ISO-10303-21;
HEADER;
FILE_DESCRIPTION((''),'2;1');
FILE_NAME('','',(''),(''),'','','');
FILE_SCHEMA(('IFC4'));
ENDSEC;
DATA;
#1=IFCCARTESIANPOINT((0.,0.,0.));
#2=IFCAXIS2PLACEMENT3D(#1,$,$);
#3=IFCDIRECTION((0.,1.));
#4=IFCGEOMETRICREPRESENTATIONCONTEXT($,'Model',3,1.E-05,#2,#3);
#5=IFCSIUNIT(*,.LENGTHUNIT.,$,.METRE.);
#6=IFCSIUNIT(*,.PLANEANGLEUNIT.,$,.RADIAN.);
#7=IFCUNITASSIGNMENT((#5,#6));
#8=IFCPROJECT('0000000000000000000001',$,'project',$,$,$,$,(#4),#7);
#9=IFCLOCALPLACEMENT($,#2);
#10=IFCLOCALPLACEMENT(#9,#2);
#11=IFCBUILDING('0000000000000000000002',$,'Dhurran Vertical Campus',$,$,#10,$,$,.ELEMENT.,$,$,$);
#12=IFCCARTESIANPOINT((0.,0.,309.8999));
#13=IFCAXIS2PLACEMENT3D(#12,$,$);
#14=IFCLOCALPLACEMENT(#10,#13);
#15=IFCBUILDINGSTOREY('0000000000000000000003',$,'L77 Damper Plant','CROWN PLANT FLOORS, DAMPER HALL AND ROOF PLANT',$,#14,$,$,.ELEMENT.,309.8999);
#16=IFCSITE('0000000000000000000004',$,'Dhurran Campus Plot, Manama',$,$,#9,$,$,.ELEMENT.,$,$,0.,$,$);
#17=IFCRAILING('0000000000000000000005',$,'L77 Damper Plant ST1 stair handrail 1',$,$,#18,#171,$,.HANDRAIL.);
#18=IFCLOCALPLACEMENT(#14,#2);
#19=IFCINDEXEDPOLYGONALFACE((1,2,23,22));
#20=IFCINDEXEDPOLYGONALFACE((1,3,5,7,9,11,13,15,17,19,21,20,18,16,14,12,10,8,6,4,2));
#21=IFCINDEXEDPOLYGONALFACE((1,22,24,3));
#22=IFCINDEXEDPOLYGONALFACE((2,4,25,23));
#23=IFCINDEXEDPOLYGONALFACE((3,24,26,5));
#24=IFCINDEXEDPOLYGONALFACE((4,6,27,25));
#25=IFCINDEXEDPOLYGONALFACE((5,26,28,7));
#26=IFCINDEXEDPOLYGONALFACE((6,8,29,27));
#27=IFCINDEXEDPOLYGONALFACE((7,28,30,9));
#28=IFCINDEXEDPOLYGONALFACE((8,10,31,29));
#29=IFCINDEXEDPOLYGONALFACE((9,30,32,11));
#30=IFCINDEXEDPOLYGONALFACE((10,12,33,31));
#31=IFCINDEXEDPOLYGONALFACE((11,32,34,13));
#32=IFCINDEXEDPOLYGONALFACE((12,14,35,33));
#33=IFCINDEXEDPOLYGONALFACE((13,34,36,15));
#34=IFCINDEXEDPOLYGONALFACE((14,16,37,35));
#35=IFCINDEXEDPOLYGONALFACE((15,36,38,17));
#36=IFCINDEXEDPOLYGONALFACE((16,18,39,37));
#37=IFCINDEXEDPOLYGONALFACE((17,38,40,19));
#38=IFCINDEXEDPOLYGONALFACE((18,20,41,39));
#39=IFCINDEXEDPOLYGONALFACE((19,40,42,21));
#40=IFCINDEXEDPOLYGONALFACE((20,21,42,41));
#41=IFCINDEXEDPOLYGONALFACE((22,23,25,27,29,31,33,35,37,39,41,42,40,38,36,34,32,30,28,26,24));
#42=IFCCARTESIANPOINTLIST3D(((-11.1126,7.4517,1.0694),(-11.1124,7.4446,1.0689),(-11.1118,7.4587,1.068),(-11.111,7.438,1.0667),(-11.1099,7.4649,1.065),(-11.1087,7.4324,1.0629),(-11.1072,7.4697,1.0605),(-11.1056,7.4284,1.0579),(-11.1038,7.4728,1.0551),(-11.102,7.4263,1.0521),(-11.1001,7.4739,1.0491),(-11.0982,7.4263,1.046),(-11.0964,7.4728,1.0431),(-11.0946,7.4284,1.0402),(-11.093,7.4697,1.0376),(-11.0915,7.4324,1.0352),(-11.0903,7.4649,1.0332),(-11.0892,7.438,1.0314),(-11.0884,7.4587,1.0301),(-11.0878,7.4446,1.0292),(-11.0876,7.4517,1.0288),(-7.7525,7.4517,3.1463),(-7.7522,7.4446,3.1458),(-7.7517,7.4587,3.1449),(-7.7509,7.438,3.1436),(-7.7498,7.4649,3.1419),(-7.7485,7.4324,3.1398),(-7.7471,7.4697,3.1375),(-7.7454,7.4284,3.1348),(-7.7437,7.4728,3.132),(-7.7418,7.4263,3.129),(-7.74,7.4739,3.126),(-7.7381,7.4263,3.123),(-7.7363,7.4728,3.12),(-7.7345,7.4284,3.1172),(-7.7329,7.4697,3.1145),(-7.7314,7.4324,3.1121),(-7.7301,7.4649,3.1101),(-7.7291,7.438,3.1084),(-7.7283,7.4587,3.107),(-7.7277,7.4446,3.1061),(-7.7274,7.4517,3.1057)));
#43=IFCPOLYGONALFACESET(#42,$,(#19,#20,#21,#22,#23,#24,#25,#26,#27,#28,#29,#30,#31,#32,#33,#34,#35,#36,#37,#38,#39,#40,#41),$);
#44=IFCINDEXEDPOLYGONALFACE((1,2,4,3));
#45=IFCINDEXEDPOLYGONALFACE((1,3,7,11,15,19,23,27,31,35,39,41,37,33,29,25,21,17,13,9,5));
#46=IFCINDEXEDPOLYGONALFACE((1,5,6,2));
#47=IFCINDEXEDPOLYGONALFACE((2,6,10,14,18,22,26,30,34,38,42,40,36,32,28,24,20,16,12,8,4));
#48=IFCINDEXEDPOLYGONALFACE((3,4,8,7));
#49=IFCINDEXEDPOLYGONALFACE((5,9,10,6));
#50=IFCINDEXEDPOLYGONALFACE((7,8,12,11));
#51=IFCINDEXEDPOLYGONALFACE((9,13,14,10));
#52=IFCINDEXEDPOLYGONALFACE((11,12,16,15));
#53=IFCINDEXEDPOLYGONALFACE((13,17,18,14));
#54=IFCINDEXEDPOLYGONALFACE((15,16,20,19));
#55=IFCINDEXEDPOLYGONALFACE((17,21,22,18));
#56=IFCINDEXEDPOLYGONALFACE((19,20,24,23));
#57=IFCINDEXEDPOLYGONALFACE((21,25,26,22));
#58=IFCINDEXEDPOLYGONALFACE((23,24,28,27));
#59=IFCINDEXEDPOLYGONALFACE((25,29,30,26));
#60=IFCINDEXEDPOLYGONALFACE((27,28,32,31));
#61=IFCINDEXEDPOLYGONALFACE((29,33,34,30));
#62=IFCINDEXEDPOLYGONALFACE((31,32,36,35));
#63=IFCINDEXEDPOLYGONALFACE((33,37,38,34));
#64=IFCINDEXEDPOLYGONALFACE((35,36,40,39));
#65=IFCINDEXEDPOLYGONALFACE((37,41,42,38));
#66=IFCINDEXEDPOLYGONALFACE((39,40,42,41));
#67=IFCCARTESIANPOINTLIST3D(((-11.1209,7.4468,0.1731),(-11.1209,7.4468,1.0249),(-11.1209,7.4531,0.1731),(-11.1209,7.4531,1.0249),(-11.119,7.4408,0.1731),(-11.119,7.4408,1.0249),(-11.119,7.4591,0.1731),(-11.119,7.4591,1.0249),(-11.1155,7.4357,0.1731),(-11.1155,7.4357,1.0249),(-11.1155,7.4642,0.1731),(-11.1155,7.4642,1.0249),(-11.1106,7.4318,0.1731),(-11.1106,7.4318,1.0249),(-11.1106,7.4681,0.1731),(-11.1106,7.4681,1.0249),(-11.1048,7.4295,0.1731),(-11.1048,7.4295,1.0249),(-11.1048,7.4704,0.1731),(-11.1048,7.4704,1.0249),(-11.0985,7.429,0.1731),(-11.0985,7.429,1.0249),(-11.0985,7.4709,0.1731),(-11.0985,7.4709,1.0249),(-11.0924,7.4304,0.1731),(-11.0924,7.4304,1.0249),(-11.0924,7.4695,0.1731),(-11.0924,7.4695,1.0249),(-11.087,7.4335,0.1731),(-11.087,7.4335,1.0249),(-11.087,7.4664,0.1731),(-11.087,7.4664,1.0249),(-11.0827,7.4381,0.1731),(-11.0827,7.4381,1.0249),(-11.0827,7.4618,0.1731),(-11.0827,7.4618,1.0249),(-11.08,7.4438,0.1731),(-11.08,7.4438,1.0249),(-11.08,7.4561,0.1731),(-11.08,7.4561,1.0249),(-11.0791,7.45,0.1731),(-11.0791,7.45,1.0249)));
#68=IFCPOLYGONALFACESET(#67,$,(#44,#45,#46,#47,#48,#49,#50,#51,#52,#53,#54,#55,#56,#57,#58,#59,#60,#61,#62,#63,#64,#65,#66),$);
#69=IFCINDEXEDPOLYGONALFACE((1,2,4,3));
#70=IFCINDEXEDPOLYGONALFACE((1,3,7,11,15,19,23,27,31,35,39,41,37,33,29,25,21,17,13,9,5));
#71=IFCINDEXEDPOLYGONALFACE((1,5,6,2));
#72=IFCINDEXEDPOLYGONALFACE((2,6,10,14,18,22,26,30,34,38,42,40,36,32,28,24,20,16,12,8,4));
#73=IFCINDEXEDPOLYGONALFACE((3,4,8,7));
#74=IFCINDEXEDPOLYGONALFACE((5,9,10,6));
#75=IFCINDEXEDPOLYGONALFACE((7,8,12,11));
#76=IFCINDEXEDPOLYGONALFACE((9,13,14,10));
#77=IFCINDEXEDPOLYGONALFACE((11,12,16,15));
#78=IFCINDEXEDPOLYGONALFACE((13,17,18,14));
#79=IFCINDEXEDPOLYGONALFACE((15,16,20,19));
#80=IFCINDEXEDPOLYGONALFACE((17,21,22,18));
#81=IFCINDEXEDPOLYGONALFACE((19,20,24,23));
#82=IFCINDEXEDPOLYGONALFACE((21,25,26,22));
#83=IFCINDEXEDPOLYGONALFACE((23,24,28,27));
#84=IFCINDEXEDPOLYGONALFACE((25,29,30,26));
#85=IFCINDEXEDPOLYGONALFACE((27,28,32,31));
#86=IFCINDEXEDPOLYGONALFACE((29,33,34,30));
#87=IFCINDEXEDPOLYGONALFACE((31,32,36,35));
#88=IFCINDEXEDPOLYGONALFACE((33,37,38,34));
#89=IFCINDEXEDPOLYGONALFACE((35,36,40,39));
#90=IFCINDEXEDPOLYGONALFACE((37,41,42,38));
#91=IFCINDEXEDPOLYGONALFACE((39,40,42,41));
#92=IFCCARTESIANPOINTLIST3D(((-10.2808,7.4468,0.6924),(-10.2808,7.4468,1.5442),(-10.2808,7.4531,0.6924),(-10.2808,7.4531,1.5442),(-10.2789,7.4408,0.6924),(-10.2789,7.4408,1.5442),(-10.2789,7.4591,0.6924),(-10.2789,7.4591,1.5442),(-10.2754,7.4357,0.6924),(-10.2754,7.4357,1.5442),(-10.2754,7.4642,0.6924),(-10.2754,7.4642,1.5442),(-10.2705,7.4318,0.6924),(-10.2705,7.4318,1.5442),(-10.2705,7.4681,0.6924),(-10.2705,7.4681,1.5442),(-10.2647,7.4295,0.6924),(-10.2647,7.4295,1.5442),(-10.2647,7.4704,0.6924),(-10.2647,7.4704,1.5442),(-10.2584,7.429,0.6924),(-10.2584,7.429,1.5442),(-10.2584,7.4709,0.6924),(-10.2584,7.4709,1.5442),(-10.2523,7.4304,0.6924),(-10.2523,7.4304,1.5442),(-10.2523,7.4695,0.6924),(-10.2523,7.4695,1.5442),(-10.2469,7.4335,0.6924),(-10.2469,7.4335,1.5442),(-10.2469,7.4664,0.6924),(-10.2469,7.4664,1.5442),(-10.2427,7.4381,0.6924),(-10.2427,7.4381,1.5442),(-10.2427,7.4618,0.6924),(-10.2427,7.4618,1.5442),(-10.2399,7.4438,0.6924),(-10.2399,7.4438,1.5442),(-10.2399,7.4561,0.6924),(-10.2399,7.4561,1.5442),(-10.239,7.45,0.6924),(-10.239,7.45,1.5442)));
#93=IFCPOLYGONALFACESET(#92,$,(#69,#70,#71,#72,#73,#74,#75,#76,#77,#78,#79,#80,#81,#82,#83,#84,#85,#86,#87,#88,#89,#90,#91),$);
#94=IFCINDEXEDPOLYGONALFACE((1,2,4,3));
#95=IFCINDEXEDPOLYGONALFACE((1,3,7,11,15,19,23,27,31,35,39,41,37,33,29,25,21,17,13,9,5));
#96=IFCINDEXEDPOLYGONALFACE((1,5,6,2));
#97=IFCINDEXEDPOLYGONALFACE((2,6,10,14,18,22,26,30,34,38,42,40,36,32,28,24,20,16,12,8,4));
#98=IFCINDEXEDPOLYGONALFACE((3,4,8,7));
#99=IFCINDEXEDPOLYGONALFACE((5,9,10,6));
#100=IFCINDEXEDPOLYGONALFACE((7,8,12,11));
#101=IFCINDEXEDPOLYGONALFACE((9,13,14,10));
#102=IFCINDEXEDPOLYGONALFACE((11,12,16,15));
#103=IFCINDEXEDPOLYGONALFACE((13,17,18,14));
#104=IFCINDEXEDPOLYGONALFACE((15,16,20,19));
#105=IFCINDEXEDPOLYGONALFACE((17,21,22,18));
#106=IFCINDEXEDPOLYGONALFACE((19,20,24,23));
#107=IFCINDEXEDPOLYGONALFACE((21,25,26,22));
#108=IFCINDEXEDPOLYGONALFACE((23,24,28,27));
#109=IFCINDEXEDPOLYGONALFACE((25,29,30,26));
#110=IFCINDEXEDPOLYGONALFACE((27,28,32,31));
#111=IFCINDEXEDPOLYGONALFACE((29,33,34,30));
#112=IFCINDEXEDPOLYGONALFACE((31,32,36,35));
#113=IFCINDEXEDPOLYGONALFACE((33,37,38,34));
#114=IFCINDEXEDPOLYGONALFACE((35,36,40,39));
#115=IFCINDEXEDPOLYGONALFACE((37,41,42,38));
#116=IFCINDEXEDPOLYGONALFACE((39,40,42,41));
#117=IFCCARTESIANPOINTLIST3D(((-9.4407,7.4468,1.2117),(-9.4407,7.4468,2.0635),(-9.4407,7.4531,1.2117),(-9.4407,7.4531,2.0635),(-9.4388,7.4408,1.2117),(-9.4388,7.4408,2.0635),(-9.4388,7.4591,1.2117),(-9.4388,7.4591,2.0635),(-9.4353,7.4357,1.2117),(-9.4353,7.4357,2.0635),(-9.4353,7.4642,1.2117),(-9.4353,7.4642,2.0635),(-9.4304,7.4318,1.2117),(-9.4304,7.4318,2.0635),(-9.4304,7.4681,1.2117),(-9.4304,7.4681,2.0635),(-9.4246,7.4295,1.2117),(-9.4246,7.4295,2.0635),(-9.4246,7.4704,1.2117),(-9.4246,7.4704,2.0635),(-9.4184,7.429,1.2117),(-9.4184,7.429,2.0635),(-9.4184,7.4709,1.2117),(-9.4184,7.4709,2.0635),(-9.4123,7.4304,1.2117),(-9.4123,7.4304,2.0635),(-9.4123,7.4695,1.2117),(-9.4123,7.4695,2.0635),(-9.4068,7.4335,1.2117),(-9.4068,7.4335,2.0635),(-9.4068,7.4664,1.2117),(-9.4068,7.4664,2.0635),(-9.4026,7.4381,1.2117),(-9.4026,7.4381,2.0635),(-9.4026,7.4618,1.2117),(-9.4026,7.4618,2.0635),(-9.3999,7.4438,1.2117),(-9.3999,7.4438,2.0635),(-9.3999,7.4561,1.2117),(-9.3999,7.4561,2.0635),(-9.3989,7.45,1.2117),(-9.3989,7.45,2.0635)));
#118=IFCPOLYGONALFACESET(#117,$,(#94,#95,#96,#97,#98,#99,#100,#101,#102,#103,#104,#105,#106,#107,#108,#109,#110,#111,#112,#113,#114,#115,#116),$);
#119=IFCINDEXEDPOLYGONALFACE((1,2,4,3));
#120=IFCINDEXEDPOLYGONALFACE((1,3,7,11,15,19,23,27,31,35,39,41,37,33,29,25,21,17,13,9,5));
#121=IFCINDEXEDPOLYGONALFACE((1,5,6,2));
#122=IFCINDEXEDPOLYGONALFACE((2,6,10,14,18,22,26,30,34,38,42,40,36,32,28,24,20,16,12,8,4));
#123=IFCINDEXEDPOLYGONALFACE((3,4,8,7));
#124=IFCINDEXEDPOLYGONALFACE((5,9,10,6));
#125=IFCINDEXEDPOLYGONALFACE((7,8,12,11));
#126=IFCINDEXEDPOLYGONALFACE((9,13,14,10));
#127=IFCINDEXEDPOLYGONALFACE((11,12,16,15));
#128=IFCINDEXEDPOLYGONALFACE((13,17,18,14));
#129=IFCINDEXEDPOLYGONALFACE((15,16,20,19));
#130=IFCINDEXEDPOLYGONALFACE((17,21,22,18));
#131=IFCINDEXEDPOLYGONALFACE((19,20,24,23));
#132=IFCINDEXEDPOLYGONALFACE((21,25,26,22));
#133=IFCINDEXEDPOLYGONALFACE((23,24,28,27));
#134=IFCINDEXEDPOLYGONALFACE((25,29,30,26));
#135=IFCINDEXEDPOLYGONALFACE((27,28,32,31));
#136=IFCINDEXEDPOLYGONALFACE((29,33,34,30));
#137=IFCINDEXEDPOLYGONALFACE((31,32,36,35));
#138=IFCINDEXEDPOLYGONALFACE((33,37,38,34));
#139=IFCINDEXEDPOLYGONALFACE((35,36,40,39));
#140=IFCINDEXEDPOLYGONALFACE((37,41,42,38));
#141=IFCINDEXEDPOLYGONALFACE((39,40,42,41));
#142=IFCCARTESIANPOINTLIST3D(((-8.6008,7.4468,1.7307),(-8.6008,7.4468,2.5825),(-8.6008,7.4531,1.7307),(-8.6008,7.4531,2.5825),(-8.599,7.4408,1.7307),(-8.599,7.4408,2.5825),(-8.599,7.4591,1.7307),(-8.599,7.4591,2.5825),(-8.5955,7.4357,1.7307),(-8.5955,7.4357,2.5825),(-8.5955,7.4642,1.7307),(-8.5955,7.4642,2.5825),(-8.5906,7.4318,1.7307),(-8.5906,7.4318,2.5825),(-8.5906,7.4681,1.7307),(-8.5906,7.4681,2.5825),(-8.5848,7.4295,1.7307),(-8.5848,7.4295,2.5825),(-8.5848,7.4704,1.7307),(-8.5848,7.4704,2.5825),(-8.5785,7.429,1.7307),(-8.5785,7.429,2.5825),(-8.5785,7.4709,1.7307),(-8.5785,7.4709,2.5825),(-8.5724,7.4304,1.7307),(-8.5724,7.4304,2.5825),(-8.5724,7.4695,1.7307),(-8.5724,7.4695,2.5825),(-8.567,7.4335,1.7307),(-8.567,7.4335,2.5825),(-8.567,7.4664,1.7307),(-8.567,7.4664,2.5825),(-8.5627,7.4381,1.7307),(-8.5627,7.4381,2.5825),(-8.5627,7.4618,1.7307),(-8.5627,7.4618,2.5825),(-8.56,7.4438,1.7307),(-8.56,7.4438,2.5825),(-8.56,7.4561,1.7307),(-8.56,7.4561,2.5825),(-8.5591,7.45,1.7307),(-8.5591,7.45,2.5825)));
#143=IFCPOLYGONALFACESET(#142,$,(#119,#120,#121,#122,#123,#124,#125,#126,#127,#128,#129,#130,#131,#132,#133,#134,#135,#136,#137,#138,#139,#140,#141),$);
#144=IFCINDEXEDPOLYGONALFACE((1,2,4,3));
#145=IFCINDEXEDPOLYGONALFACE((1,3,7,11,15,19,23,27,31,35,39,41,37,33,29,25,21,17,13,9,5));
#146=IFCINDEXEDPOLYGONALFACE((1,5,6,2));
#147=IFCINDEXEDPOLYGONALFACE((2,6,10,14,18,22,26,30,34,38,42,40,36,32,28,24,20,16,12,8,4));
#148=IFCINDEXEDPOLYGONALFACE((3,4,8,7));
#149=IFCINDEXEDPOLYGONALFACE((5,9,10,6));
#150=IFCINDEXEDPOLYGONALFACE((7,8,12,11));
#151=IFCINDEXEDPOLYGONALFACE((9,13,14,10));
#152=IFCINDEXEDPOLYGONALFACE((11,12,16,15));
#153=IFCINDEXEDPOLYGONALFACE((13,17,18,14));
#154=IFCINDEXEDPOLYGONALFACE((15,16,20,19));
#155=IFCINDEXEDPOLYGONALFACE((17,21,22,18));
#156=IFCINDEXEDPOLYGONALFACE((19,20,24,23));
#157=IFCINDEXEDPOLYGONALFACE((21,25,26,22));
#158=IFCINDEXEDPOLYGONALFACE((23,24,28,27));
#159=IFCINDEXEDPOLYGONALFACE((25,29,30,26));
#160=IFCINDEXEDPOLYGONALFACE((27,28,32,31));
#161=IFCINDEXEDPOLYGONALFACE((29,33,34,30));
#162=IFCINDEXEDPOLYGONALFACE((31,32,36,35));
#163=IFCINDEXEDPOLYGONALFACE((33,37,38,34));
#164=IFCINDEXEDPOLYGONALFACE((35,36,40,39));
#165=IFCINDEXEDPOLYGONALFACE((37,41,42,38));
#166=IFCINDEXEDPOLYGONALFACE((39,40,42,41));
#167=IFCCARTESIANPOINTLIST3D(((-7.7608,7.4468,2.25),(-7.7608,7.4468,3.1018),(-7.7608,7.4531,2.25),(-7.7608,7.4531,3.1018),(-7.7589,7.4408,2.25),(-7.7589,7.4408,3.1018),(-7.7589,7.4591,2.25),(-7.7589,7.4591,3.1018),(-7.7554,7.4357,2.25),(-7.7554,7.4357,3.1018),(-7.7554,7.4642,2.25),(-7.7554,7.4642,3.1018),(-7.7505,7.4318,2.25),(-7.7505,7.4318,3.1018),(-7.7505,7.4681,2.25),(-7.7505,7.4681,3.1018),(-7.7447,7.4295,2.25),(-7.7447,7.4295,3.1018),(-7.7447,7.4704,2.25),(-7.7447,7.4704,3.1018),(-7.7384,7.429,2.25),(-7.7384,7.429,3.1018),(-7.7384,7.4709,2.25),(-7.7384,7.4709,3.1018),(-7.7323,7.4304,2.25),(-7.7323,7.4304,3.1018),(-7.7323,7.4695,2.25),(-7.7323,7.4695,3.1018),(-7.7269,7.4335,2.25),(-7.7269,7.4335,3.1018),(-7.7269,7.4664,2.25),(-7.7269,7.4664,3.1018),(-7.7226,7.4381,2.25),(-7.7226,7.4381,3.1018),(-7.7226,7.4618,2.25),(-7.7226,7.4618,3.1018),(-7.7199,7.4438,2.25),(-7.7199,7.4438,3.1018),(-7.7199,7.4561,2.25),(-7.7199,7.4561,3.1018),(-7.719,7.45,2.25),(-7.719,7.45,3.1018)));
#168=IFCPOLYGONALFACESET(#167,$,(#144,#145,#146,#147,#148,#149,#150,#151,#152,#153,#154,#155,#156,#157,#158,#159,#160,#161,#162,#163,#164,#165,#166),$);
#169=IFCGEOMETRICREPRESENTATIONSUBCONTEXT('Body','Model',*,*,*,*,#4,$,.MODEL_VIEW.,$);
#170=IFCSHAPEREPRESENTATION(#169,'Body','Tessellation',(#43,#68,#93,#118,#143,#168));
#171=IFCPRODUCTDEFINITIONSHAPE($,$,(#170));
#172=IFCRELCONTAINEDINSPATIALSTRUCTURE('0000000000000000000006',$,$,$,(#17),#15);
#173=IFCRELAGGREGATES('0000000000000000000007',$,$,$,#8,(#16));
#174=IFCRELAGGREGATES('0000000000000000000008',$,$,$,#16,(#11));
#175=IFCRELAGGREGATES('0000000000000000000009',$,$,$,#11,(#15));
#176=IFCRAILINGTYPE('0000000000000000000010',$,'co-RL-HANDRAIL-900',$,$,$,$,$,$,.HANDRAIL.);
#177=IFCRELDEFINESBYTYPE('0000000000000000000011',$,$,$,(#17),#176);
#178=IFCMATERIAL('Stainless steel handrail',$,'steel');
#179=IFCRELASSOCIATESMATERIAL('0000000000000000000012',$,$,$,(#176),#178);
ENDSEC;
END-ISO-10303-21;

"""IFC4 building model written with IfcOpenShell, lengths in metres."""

from ifc_helpers import new_model, si_unit, direction, frame, origin, origin_2d, place, context, subcontext, project, spatial, circle, extrude, material, type_object, element, save


model = new_model("IFC4")

# Units and contexts
model_context = context("Model", 3, precision=1e-05, world=origin(), true_north=direction((0.0, 1.0)))
body_context = subcontext(model_context, "Body", "Model", "MODEL_VIEW")
ifc_project = project(units=[si_unit("LENGTHUNIT", "METRE"), si_unit("PLANEANGLEUNIT", "RADIAN")], contexts=[model_context])

# Site, building, storey
site_placement = place(None, origin())
site = spatial("IfcSite", under=ifc_project, at=site_placement, Name="Dhurran Campus Plot, Manama", CompositionType="ELEMENT", RefElevation=0.0)
building_placement = place(site_placement, origin())
building = spatial("IfcBuilding", under=site, at=building_placement, Name="Dhurran Vertical Campus", CompositionType="ELEMENT")
storey_placement = place(building_placement, frame((0.0, 0.0, 309.8999)))
storey = spatial("IfcBuildingStorey", under=building, at=storey_placement, Name="L77 Damper Plant", Description="CROWN PLANT FLOORS, DAMPER HALL AND ROOF PLANT", CompositionType="ELEMENT", Elevation=309.8999)

# Railing
ifc_material_1 = material(Name="Stainless steel handrail", Category="steel")
railing_type_1 = type_object("IfcRailingType", Name="co-RL-HANDRAIL-900", PredefinedType="HANDRAIL", material=ifc_material_1)
for number, where, name in (
    (1, (-11.1001, 7.45, 0.1731), "L77 Damper Plant ST1 stair handrail 1"),
):
    element("IfcRailing", number, at=place(storey_placement, frame(where)), inside=storey, type_object=railing_type_1, Name=name, PredefinedType="HANDRAIL", context=body_context, shape_type="SweptSolid", body=[
        extrude(circle(Radius=0.0239, at=origin_2d()), frame((0.0, 0.0, 0.876), z_axis=(0.850623, 0.0, 0.525776), x_axis=(0.0, 1.0, 0.0)), (0.0, 0.0, 1.0), 3.9502),
        extrude(circle(Radius=0.021, at=origin_2d()), origin(), (0.0, 0.0, 1.0), 0.8518),
        extrude(circle(Radius=0.021, at=origin_2d()), frame((0.8401, 0.0, 0.5193)), (0.0, 0.0, 1.0), 0.8518),
        extrude(circle(Radius=0.021, at=origin_2d()), frame((1.6802, 0.0, 1.0386)), (0.0, 0.0, 1.0), 0.8518),
        extrude(circle(Radius=0.021, at=origin_2d()), frame((2.52, 0.0, 1.5576)), (0.0, 0.0, 1.0), 0.8518),
        extrude(circle(Radius=0.021, at=origin_2d()), frame((3.3601, 0.0, 2.0769)), (0.0, 0.0, 1.0), 0.8518),
    ])

save(model, "model.ifc")
